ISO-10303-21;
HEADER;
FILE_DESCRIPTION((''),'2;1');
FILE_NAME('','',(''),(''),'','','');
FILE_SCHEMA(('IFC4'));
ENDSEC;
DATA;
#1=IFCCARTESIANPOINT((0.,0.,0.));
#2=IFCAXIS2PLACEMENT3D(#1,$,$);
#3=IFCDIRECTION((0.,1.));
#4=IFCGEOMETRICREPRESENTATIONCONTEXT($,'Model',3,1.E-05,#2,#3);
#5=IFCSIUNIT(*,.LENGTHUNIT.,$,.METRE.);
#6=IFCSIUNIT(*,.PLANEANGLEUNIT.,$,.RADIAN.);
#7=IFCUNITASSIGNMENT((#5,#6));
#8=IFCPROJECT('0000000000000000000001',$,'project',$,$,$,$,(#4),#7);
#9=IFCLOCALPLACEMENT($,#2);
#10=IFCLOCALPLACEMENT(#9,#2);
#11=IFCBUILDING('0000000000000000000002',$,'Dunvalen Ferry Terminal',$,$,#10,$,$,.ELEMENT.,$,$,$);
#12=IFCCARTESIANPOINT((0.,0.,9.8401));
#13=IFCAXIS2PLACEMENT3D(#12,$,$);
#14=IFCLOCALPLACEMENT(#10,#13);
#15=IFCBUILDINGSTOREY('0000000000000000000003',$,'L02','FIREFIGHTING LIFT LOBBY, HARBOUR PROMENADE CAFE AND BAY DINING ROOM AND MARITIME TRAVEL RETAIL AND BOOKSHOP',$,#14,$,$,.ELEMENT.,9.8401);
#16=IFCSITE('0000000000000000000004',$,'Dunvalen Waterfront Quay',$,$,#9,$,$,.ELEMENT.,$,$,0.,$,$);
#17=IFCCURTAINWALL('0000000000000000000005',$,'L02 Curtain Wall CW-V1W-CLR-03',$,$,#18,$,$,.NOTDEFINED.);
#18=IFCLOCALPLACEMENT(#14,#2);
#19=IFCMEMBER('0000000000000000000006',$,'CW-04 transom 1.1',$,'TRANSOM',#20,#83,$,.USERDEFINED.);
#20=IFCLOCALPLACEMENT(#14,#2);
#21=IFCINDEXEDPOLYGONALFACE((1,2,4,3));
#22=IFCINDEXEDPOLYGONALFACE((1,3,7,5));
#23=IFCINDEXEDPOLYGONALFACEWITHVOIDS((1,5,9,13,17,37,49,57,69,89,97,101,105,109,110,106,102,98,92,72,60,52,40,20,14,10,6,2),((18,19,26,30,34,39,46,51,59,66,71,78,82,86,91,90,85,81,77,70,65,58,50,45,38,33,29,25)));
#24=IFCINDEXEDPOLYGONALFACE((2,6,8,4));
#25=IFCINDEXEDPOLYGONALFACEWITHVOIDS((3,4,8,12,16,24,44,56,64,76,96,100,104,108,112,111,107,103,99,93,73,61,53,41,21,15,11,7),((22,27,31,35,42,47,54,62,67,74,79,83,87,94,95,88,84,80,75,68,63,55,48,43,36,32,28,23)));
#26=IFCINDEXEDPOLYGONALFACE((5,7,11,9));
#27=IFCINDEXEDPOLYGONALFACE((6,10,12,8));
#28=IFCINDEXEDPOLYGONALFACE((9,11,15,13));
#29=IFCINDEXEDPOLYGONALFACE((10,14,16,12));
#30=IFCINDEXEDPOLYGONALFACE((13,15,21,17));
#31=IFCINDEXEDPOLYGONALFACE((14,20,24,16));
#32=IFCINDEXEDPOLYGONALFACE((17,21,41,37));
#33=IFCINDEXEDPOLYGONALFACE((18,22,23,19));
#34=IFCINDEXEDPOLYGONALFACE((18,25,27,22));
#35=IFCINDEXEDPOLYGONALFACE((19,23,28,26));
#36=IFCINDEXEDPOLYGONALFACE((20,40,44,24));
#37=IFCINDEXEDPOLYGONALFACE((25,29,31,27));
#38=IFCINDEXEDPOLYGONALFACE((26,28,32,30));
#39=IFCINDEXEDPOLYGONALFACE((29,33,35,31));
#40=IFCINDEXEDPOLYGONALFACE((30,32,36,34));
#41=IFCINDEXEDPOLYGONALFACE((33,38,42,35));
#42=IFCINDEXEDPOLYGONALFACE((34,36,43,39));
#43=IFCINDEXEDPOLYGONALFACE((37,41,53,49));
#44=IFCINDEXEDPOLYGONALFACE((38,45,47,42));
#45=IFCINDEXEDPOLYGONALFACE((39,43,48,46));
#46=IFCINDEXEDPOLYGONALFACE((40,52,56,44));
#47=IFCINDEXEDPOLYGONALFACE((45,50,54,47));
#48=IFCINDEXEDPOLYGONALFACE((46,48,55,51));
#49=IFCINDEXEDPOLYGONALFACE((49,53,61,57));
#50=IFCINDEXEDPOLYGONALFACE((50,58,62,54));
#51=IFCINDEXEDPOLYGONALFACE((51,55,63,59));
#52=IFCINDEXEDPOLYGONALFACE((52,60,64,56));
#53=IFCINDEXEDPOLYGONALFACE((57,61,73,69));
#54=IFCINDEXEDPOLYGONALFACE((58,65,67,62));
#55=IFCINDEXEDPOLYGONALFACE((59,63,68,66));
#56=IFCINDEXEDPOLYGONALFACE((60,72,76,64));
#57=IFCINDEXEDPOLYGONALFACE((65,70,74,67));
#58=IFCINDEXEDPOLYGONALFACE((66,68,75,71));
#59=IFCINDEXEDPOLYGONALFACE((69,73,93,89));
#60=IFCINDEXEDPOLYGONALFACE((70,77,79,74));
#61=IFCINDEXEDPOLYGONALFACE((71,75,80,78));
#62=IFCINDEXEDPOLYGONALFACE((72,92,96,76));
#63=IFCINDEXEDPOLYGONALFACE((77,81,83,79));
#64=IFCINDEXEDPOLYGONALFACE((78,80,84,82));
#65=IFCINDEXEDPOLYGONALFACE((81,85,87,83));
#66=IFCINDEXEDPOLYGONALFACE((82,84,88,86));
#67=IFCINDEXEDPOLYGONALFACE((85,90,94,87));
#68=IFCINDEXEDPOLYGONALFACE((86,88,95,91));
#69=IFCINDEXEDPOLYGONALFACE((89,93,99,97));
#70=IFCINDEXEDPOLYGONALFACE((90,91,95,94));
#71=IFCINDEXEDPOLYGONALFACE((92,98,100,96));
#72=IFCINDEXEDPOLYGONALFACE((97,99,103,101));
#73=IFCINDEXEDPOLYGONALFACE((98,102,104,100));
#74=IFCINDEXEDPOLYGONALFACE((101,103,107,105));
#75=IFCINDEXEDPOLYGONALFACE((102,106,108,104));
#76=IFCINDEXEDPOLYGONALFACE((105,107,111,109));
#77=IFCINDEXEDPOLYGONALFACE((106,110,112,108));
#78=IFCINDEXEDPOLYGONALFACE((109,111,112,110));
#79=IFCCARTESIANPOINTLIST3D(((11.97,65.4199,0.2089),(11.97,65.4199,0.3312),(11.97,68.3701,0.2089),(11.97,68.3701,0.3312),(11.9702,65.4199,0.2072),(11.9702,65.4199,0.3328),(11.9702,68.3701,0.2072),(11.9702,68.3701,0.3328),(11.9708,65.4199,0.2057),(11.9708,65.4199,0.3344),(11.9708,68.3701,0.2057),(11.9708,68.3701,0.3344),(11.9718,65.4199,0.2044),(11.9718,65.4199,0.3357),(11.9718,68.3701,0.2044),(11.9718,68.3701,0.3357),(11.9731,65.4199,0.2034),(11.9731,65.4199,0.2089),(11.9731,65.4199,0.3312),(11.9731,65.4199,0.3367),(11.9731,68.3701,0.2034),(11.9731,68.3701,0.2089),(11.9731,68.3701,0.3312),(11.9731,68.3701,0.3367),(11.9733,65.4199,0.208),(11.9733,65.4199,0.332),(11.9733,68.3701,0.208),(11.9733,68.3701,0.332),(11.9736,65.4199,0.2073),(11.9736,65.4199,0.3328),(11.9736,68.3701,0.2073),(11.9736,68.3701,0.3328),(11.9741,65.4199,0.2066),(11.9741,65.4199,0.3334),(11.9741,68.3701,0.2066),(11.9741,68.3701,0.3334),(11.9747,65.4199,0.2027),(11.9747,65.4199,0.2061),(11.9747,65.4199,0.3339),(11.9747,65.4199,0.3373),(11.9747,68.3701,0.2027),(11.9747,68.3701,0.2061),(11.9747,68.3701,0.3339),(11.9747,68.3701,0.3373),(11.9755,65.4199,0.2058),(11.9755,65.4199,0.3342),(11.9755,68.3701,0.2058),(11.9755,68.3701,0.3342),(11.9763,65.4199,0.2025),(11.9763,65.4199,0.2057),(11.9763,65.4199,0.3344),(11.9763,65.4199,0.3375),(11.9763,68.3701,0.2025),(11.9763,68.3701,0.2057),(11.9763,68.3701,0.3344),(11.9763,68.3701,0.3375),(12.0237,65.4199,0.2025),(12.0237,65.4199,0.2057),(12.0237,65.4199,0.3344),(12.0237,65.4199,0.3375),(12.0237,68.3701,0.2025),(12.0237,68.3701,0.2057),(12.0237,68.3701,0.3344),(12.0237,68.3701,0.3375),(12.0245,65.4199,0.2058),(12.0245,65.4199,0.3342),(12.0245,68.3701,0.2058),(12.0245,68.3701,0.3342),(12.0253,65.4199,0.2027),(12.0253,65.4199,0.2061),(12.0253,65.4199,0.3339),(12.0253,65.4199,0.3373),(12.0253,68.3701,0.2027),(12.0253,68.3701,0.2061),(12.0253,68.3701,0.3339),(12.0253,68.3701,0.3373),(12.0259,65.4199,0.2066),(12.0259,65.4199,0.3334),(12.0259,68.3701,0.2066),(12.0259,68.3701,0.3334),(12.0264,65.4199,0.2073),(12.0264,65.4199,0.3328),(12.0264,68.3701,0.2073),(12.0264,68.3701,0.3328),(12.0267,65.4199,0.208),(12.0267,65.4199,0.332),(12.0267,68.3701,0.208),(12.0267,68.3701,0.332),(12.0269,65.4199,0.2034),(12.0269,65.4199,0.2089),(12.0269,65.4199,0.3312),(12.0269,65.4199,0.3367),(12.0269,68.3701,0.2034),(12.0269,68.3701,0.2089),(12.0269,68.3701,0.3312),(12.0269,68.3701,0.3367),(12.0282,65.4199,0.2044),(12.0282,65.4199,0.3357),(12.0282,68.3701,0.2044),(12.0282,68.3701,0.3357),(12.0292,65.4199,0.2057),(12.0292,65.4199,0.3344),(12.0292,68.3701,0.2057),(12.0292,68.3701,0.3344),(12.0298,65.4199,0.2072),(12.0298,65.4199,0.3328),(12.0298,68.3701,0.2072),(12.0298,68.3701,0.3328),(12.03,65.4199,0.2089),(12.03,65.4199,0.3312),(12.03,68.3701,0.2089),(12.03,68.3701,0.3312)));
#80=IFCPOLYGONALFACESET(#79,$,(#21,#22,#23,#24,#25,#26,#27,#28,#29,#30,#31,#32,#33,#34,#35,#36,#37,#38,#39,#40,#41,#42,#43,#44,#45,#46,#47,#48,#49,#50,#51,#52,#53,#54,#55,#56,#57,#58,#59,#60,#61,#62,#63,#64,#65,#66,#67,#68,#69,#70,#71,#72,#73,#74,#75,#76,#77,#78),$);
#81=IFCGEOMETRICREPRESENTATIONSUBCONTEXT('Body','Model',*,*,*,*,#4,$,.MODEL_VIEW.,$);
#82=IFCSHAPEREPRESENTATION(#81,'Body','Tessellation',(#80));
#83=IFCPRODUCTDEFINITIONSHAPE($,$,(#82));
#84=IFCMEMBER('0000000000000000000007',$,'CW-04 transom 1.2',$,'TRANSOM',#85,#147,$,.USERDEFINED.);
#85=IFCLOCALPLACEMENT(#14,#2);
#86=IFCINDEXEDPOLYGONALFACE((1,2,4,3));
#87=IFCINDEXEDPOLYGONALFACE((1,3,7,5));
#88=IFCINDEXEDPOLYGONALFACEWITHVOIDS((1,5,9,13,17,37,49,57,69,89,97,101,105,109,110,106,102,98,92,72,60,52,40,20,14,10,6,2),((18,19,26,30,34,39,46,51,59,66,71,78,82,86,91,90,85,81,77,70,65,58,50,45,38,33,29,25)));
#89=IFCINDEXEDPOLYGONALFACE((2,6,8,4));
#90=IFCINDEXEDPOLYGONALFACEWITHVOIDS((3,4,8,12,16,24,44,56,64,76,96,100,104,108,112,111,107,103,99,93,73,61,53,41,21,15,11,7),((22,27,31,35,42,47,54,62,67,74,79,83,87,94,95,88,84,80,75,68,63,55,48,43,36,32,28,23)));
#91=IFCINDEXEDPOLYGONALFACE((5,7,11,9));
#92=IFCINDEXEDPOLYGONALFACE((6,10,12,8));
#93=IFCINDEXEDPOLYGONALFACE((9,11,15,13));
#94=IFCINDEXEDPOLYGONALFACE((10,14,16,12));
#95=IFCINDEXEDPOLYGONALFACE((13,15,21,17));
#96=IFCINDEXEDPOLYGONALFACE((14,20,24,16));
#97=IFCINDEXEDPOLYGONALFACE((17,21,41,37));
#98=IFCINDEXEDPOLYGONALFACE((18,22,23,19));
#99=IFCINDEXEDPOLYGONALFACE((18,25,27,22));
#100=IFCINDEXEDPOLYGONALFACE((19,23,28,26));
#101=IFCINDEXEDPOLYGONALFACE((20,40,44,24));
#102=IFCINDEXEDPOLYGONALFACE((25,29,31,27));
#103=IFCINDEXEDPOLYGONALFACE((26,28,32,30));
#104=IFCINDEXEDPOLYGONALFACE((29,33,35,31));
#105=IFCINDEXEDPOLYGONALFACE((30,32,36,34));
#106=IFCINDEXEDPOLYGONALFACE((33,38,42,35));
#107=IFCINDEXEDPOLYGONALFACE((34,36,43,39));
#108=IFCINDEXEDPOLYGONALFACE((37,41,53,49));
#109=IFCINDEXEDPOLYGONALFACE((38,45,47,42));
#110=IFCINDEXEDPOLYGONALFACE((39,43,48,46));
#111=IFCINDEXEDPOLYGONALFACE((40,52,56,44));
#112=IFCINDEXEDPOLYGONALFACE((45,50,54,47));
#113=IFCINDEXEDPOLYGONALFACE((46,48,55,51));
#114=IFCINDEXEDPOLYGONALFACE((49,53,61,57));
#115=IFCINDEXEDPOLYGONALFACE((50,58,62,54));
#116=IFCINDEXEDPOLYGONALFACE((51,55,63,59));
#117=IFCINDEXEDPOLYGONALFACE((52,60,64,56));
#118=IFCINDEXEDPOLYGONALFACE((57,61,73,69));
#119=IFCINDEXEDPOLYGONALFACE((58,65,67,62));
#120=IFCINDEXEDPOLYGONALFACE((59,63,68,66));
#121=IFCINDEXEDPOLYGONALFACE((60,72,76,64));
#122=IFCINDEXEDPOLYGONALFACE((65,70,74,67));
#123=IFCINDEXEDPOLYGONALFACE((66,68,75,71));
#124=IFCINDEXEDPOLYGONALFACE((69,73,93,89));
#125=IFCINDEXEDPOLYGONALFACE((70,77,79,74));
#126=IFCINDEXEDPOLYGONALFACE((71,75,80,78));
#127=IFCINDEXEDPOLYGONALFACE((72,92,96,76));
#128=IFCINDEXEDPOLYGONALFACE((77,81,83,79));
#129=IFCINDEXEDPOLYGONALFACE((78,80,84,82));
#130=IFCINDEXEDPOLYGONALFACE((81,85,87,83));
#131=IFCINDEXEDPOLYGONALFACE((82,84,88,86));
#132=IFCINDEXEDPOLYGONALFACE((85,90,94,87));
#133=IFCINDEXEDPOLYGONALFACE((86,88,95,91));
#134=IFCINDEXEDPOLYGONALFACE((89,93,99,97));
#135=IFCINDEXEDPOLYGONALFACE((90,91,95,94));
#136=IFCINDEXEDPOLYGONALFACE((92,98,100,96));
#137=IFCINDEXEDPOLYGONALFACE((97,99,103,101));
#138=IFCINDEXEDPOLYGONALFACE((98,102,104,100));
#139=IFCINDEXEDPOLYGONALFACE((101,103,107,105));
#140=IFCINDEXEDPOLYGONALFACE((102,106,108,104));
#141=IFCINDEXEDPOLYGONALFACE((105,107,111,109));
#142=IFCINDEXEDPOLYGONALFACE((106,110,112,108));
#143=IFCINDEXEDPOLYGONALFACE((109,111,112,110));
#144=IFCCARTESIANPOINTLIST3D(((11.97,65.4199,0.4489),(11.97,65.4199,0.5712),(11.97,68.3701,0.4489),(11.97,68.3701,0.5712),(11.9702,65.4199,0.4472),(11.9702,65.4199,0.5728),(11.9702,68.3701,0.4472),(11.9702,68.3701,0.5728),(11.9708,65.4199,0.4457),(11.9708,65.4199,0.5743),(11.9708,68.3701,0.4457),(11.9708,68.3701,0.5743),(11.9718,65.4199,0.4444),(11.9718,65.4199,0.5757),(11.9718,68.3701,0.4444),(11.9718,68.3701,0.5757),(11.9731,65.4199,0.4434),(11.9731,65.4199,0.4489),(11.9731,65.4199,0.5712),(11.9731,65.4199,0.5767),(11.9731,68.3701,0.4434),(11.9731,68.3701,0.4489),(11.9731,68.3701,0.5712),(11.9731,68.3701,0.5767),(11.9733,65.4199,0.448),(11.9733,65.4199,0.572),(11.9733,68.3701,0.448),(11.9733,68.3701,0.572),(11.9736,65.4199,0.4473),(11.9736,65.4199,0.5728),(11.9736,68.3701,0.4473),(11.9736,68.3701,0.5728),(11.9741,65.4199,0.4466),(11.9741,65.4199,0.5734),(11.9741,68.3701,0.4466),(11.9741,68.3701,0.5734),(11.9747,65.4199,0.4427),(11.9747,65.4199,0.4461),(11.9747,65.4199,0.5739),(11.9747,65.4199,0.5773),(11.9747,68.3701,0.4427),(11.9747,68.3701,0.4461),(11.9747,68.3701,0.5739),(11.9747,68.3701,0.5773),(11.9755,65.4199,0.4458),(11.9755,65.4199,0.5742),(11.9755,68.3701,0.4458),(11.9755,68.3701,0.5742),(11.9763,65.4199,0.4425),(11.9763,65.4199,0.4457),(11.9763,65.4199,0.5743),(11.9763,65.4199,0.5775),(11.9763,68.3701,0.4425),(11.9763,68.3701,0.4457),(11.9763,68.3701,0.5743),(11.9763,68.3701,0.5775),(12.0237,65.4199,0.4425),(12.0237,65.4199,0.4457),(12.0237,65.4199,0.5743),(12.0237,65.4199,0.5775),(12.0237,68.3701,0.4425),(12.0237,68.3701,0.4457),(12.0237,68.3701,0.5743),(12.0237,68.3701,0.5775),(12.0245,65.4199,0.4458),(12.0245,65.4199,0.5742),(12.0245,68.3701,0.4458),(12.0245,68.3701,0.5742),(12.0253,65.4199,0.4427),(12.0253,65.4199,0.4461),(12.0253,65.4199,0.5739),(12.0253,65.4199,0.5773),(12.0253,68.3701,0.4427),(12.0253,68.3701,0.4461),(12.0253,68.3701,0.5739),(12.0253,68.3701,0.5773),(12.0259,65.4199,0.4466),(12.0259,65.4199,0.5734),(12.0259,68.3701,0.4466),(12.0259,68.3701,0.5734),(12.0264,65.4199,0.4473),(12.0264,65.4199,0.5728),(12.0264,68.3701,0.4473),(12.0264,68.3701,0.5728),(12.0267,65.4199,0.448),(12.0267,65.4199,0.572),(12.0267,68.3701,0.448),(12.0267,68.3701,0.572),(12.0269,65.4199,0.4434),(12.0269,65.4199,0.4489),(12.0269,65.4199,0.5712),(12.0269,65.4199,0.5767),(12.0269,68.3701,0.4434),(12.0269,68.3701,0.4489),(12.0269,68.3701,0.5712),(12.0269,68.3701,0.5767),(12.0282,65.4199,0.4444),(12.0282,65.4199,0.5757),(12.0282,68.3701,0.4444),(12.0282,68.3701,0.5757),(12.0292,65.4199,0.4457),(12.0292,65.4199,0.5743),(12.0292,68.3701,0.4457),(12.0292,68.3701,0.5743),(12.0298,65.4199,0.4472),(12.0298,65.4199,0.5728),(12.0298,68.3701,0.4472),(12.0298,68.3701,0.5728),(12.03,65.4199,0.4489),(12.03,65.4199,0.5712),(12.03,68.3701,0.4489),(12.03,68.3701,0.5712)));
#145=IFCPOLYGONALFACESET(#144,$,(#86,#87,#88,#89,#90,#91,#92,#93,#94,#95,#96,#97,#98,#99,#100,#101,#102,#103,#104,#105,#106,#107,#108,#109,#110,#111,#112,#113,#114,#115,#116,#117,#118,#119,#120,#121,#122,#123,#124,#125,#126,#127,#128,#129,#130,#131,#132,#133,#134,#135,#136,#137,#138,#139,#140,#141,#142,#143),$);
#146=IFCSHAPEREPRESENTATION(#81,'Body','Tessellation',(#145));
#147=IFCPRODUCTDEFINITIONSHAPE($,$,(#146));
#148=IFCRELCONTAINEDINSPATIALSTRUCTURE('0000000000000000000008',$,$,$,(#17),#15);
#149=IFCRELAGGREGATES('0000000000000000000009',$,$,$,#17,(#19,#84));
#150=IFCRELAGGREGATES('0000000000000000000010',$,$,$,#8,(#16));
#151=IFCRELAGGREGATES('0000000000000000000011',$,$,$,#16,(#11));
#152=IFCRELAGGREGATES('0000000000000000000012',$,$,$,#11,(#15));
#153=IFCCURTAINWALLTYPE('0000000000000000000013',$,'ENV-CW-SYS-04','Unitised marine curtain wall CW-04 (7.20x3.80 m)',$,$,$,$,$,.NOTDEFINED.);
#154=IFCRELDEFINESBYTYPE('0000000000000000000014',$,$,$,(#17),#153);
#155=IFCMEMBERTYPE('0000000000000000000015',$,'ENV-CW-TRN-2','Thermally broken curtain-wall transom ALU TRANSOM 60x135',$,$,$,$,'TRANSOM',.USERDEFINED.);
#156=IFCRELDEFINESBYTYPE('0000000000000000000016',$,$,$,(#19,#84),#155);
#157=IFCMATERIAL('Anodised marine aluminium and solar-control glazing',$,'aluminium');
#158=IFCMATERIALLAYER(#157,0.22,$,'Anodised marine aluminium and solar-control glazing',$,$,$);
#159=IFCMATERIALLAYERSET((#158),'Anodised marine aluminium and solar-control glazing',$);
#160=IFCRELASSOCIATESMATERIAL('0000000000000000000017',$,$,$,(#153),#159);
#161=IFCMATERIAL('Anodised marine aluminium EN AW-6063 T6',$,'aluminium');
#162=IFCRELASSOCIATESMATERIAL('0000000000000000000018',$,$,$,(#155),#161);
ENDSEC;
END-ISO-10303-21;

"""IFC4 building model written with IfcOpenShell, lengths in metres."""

from ifc_helpers import new_model, si_unit, direction, frame, origin, origin_2d, place, context, subcontext, project, spatial, hollow_rectangle, extrude, material, layer, layer_set, material_profile, profile_set, type_object, element, aggregate, save


model = new_model("IFC4")

# Units and contexts
model_context = context("Model", 3, precision=1e-05, world=origin(), true_north=direction((0.0, 1.0)))
body_context = subcontext(model_context, "Body", "Model", "MODEL_VIEW")
ifc_project = project(units=[si_unit("LENGTHUNIT", "METRE"), si_unit("PLANEANGLEUNIT", "RADIAN")], contexts=[model_context])

# Site, building, storey
site_placement = place(None, origin())
site = spatial("IfcSite", under=ifc_project, at=site_placement, Name="Dunvalen Waterfront Quay", CompositionType="ELEMENT", RefElevation=0.0)
building_placement = place(site_placement, origin())
building = spatial("IfcBuilding", under=site, at=building_placement, Name="Dunvalen Ferry Terminal", CompositionType="ELEMENT")
storey_placement = place(building_placement, frame((0.0, 0.0, 9.8401)))
storey = spatial("IfcBuildingStorey", under=building, at=storey_placement, Name="L02", Description="FIREFIGHTING LIFT LOBBY, HARBOUR PROMENADE CAFE AND BAY DINING ROOM AND MARITIME TRAVEL RETAIL AND BOOKSHOP", CompositionType="ELEMENT", Elevation=9.8401)

# Shared definitions
ifc_material_1 = material(Name="Anodised marine aluminium and solar-control glazing", Category="aluminium")
ifc_layer_1 = layer(ifc_material_1, 0.22, Name="Anodised marine aluminium and solar-control glazing")
ifc_layer_set_1 = layer_set([ifc_layer_1], Name="Anodised marine aluminium and solar-control glazing")
curtain_wall_type = type_object("IfcCurtainWallType", Name="ENV-CW-SYS-04", Description="Unitised marine curtain wall CW-04 (7.20x3.80 m)", PredefinedType="NOTDEFINED", material=ifc_layer_set_1)
ifc_material_2 = material(Name="Anodised marine aluminium EN AW-6063 T6", Category="aluminium")

# Curtain wall, members
curtain_wall_1_placement = place(storey_placement, origin())
curtain_wall_1 = element("IfcCurtainWall", 1, at=curtain_wall_1_placement, inside=storey, type_object=curtain_wall_type, Name="L02 Curtain Wall CW-V1W-CLR-03", PredefinedType="NOTDEFINED")
ifc_material_profile_1 = material_profile(ifc_material_2, hollow_rectangle(XDim=0.0601, YDim=0.135, WallThickness=0.0032, InnerFilletRadius=0.0032, OuterFilletRadius=0.0063, at=origin_2d()), Name="Anodised marine aluminium EN AW-6063 T6")
ifc_profile_set_1 = profile_set([ifc_material_profile_1], Name="Anodised marine aluminium EN AW-6063 T6")
member_type_1 = type_object("IfcMemberType", Name="ENV-CW-TRN-2", Description="Thermally broken curtain-wall transom ALU TRANSOM 60x135", ElementType="TRANSOM", PredefinedType="USERDEFINED", material=ifc_profile_set_1)
member_1_placement = place(storey_placement, frame((12.0, 65.4199, 0.27), z_axis=(0.0, 1.0, 0.0), x_axis=(-1.0, 0.0, 0.0)))
member_1 = element("IfcMember", 2, at=member_1_placement, type_object=member_type_1, Name="CW-04 transom 1.1", ObjectType="TRANSOM", PredefinedType="USERDEFINED", context=body_context, shape_type="SweptSolid", body=[
    extrude(hollow_rectangle(XDim=0.0601, YDim=0.135, WallThickness=0.0032, InnerFilletRadius=0.0032, OuterFilletRadius=0.0063, at=origin_2d()), origin(), (0.0, 0.0, 1.0), 2.9502),
])
member_2_placement = place(storey_placement, frame((12.0, 65.4199, 0.51), z_axis=(0.0, 1.0, 0.0), x_axis=(-1.0, 0.0, 0.0)))
member_2 = element("IfcMember", 3, at=member_2_placement, type_object=member_type_1, Name="CW-04 transom 1.2", ObjectType="TRANSOM", PredefinedType="USERDEFINED", context=body_context, shape_type="SweptSolid", body=[
    extrude(hollow_rectangle(XDim=0.0601, YDim=0.135, WallThickness=0.0032, InnerFilletRadius=0.0032, OuterFilletRadius=0.0063, at=origin_2d()), origin(), (0.0, 0.0, 1.0), 2.9502),
])

aggregate(curtain_wall_1, [member_1, member_2])

save(model, "model.ifc")
